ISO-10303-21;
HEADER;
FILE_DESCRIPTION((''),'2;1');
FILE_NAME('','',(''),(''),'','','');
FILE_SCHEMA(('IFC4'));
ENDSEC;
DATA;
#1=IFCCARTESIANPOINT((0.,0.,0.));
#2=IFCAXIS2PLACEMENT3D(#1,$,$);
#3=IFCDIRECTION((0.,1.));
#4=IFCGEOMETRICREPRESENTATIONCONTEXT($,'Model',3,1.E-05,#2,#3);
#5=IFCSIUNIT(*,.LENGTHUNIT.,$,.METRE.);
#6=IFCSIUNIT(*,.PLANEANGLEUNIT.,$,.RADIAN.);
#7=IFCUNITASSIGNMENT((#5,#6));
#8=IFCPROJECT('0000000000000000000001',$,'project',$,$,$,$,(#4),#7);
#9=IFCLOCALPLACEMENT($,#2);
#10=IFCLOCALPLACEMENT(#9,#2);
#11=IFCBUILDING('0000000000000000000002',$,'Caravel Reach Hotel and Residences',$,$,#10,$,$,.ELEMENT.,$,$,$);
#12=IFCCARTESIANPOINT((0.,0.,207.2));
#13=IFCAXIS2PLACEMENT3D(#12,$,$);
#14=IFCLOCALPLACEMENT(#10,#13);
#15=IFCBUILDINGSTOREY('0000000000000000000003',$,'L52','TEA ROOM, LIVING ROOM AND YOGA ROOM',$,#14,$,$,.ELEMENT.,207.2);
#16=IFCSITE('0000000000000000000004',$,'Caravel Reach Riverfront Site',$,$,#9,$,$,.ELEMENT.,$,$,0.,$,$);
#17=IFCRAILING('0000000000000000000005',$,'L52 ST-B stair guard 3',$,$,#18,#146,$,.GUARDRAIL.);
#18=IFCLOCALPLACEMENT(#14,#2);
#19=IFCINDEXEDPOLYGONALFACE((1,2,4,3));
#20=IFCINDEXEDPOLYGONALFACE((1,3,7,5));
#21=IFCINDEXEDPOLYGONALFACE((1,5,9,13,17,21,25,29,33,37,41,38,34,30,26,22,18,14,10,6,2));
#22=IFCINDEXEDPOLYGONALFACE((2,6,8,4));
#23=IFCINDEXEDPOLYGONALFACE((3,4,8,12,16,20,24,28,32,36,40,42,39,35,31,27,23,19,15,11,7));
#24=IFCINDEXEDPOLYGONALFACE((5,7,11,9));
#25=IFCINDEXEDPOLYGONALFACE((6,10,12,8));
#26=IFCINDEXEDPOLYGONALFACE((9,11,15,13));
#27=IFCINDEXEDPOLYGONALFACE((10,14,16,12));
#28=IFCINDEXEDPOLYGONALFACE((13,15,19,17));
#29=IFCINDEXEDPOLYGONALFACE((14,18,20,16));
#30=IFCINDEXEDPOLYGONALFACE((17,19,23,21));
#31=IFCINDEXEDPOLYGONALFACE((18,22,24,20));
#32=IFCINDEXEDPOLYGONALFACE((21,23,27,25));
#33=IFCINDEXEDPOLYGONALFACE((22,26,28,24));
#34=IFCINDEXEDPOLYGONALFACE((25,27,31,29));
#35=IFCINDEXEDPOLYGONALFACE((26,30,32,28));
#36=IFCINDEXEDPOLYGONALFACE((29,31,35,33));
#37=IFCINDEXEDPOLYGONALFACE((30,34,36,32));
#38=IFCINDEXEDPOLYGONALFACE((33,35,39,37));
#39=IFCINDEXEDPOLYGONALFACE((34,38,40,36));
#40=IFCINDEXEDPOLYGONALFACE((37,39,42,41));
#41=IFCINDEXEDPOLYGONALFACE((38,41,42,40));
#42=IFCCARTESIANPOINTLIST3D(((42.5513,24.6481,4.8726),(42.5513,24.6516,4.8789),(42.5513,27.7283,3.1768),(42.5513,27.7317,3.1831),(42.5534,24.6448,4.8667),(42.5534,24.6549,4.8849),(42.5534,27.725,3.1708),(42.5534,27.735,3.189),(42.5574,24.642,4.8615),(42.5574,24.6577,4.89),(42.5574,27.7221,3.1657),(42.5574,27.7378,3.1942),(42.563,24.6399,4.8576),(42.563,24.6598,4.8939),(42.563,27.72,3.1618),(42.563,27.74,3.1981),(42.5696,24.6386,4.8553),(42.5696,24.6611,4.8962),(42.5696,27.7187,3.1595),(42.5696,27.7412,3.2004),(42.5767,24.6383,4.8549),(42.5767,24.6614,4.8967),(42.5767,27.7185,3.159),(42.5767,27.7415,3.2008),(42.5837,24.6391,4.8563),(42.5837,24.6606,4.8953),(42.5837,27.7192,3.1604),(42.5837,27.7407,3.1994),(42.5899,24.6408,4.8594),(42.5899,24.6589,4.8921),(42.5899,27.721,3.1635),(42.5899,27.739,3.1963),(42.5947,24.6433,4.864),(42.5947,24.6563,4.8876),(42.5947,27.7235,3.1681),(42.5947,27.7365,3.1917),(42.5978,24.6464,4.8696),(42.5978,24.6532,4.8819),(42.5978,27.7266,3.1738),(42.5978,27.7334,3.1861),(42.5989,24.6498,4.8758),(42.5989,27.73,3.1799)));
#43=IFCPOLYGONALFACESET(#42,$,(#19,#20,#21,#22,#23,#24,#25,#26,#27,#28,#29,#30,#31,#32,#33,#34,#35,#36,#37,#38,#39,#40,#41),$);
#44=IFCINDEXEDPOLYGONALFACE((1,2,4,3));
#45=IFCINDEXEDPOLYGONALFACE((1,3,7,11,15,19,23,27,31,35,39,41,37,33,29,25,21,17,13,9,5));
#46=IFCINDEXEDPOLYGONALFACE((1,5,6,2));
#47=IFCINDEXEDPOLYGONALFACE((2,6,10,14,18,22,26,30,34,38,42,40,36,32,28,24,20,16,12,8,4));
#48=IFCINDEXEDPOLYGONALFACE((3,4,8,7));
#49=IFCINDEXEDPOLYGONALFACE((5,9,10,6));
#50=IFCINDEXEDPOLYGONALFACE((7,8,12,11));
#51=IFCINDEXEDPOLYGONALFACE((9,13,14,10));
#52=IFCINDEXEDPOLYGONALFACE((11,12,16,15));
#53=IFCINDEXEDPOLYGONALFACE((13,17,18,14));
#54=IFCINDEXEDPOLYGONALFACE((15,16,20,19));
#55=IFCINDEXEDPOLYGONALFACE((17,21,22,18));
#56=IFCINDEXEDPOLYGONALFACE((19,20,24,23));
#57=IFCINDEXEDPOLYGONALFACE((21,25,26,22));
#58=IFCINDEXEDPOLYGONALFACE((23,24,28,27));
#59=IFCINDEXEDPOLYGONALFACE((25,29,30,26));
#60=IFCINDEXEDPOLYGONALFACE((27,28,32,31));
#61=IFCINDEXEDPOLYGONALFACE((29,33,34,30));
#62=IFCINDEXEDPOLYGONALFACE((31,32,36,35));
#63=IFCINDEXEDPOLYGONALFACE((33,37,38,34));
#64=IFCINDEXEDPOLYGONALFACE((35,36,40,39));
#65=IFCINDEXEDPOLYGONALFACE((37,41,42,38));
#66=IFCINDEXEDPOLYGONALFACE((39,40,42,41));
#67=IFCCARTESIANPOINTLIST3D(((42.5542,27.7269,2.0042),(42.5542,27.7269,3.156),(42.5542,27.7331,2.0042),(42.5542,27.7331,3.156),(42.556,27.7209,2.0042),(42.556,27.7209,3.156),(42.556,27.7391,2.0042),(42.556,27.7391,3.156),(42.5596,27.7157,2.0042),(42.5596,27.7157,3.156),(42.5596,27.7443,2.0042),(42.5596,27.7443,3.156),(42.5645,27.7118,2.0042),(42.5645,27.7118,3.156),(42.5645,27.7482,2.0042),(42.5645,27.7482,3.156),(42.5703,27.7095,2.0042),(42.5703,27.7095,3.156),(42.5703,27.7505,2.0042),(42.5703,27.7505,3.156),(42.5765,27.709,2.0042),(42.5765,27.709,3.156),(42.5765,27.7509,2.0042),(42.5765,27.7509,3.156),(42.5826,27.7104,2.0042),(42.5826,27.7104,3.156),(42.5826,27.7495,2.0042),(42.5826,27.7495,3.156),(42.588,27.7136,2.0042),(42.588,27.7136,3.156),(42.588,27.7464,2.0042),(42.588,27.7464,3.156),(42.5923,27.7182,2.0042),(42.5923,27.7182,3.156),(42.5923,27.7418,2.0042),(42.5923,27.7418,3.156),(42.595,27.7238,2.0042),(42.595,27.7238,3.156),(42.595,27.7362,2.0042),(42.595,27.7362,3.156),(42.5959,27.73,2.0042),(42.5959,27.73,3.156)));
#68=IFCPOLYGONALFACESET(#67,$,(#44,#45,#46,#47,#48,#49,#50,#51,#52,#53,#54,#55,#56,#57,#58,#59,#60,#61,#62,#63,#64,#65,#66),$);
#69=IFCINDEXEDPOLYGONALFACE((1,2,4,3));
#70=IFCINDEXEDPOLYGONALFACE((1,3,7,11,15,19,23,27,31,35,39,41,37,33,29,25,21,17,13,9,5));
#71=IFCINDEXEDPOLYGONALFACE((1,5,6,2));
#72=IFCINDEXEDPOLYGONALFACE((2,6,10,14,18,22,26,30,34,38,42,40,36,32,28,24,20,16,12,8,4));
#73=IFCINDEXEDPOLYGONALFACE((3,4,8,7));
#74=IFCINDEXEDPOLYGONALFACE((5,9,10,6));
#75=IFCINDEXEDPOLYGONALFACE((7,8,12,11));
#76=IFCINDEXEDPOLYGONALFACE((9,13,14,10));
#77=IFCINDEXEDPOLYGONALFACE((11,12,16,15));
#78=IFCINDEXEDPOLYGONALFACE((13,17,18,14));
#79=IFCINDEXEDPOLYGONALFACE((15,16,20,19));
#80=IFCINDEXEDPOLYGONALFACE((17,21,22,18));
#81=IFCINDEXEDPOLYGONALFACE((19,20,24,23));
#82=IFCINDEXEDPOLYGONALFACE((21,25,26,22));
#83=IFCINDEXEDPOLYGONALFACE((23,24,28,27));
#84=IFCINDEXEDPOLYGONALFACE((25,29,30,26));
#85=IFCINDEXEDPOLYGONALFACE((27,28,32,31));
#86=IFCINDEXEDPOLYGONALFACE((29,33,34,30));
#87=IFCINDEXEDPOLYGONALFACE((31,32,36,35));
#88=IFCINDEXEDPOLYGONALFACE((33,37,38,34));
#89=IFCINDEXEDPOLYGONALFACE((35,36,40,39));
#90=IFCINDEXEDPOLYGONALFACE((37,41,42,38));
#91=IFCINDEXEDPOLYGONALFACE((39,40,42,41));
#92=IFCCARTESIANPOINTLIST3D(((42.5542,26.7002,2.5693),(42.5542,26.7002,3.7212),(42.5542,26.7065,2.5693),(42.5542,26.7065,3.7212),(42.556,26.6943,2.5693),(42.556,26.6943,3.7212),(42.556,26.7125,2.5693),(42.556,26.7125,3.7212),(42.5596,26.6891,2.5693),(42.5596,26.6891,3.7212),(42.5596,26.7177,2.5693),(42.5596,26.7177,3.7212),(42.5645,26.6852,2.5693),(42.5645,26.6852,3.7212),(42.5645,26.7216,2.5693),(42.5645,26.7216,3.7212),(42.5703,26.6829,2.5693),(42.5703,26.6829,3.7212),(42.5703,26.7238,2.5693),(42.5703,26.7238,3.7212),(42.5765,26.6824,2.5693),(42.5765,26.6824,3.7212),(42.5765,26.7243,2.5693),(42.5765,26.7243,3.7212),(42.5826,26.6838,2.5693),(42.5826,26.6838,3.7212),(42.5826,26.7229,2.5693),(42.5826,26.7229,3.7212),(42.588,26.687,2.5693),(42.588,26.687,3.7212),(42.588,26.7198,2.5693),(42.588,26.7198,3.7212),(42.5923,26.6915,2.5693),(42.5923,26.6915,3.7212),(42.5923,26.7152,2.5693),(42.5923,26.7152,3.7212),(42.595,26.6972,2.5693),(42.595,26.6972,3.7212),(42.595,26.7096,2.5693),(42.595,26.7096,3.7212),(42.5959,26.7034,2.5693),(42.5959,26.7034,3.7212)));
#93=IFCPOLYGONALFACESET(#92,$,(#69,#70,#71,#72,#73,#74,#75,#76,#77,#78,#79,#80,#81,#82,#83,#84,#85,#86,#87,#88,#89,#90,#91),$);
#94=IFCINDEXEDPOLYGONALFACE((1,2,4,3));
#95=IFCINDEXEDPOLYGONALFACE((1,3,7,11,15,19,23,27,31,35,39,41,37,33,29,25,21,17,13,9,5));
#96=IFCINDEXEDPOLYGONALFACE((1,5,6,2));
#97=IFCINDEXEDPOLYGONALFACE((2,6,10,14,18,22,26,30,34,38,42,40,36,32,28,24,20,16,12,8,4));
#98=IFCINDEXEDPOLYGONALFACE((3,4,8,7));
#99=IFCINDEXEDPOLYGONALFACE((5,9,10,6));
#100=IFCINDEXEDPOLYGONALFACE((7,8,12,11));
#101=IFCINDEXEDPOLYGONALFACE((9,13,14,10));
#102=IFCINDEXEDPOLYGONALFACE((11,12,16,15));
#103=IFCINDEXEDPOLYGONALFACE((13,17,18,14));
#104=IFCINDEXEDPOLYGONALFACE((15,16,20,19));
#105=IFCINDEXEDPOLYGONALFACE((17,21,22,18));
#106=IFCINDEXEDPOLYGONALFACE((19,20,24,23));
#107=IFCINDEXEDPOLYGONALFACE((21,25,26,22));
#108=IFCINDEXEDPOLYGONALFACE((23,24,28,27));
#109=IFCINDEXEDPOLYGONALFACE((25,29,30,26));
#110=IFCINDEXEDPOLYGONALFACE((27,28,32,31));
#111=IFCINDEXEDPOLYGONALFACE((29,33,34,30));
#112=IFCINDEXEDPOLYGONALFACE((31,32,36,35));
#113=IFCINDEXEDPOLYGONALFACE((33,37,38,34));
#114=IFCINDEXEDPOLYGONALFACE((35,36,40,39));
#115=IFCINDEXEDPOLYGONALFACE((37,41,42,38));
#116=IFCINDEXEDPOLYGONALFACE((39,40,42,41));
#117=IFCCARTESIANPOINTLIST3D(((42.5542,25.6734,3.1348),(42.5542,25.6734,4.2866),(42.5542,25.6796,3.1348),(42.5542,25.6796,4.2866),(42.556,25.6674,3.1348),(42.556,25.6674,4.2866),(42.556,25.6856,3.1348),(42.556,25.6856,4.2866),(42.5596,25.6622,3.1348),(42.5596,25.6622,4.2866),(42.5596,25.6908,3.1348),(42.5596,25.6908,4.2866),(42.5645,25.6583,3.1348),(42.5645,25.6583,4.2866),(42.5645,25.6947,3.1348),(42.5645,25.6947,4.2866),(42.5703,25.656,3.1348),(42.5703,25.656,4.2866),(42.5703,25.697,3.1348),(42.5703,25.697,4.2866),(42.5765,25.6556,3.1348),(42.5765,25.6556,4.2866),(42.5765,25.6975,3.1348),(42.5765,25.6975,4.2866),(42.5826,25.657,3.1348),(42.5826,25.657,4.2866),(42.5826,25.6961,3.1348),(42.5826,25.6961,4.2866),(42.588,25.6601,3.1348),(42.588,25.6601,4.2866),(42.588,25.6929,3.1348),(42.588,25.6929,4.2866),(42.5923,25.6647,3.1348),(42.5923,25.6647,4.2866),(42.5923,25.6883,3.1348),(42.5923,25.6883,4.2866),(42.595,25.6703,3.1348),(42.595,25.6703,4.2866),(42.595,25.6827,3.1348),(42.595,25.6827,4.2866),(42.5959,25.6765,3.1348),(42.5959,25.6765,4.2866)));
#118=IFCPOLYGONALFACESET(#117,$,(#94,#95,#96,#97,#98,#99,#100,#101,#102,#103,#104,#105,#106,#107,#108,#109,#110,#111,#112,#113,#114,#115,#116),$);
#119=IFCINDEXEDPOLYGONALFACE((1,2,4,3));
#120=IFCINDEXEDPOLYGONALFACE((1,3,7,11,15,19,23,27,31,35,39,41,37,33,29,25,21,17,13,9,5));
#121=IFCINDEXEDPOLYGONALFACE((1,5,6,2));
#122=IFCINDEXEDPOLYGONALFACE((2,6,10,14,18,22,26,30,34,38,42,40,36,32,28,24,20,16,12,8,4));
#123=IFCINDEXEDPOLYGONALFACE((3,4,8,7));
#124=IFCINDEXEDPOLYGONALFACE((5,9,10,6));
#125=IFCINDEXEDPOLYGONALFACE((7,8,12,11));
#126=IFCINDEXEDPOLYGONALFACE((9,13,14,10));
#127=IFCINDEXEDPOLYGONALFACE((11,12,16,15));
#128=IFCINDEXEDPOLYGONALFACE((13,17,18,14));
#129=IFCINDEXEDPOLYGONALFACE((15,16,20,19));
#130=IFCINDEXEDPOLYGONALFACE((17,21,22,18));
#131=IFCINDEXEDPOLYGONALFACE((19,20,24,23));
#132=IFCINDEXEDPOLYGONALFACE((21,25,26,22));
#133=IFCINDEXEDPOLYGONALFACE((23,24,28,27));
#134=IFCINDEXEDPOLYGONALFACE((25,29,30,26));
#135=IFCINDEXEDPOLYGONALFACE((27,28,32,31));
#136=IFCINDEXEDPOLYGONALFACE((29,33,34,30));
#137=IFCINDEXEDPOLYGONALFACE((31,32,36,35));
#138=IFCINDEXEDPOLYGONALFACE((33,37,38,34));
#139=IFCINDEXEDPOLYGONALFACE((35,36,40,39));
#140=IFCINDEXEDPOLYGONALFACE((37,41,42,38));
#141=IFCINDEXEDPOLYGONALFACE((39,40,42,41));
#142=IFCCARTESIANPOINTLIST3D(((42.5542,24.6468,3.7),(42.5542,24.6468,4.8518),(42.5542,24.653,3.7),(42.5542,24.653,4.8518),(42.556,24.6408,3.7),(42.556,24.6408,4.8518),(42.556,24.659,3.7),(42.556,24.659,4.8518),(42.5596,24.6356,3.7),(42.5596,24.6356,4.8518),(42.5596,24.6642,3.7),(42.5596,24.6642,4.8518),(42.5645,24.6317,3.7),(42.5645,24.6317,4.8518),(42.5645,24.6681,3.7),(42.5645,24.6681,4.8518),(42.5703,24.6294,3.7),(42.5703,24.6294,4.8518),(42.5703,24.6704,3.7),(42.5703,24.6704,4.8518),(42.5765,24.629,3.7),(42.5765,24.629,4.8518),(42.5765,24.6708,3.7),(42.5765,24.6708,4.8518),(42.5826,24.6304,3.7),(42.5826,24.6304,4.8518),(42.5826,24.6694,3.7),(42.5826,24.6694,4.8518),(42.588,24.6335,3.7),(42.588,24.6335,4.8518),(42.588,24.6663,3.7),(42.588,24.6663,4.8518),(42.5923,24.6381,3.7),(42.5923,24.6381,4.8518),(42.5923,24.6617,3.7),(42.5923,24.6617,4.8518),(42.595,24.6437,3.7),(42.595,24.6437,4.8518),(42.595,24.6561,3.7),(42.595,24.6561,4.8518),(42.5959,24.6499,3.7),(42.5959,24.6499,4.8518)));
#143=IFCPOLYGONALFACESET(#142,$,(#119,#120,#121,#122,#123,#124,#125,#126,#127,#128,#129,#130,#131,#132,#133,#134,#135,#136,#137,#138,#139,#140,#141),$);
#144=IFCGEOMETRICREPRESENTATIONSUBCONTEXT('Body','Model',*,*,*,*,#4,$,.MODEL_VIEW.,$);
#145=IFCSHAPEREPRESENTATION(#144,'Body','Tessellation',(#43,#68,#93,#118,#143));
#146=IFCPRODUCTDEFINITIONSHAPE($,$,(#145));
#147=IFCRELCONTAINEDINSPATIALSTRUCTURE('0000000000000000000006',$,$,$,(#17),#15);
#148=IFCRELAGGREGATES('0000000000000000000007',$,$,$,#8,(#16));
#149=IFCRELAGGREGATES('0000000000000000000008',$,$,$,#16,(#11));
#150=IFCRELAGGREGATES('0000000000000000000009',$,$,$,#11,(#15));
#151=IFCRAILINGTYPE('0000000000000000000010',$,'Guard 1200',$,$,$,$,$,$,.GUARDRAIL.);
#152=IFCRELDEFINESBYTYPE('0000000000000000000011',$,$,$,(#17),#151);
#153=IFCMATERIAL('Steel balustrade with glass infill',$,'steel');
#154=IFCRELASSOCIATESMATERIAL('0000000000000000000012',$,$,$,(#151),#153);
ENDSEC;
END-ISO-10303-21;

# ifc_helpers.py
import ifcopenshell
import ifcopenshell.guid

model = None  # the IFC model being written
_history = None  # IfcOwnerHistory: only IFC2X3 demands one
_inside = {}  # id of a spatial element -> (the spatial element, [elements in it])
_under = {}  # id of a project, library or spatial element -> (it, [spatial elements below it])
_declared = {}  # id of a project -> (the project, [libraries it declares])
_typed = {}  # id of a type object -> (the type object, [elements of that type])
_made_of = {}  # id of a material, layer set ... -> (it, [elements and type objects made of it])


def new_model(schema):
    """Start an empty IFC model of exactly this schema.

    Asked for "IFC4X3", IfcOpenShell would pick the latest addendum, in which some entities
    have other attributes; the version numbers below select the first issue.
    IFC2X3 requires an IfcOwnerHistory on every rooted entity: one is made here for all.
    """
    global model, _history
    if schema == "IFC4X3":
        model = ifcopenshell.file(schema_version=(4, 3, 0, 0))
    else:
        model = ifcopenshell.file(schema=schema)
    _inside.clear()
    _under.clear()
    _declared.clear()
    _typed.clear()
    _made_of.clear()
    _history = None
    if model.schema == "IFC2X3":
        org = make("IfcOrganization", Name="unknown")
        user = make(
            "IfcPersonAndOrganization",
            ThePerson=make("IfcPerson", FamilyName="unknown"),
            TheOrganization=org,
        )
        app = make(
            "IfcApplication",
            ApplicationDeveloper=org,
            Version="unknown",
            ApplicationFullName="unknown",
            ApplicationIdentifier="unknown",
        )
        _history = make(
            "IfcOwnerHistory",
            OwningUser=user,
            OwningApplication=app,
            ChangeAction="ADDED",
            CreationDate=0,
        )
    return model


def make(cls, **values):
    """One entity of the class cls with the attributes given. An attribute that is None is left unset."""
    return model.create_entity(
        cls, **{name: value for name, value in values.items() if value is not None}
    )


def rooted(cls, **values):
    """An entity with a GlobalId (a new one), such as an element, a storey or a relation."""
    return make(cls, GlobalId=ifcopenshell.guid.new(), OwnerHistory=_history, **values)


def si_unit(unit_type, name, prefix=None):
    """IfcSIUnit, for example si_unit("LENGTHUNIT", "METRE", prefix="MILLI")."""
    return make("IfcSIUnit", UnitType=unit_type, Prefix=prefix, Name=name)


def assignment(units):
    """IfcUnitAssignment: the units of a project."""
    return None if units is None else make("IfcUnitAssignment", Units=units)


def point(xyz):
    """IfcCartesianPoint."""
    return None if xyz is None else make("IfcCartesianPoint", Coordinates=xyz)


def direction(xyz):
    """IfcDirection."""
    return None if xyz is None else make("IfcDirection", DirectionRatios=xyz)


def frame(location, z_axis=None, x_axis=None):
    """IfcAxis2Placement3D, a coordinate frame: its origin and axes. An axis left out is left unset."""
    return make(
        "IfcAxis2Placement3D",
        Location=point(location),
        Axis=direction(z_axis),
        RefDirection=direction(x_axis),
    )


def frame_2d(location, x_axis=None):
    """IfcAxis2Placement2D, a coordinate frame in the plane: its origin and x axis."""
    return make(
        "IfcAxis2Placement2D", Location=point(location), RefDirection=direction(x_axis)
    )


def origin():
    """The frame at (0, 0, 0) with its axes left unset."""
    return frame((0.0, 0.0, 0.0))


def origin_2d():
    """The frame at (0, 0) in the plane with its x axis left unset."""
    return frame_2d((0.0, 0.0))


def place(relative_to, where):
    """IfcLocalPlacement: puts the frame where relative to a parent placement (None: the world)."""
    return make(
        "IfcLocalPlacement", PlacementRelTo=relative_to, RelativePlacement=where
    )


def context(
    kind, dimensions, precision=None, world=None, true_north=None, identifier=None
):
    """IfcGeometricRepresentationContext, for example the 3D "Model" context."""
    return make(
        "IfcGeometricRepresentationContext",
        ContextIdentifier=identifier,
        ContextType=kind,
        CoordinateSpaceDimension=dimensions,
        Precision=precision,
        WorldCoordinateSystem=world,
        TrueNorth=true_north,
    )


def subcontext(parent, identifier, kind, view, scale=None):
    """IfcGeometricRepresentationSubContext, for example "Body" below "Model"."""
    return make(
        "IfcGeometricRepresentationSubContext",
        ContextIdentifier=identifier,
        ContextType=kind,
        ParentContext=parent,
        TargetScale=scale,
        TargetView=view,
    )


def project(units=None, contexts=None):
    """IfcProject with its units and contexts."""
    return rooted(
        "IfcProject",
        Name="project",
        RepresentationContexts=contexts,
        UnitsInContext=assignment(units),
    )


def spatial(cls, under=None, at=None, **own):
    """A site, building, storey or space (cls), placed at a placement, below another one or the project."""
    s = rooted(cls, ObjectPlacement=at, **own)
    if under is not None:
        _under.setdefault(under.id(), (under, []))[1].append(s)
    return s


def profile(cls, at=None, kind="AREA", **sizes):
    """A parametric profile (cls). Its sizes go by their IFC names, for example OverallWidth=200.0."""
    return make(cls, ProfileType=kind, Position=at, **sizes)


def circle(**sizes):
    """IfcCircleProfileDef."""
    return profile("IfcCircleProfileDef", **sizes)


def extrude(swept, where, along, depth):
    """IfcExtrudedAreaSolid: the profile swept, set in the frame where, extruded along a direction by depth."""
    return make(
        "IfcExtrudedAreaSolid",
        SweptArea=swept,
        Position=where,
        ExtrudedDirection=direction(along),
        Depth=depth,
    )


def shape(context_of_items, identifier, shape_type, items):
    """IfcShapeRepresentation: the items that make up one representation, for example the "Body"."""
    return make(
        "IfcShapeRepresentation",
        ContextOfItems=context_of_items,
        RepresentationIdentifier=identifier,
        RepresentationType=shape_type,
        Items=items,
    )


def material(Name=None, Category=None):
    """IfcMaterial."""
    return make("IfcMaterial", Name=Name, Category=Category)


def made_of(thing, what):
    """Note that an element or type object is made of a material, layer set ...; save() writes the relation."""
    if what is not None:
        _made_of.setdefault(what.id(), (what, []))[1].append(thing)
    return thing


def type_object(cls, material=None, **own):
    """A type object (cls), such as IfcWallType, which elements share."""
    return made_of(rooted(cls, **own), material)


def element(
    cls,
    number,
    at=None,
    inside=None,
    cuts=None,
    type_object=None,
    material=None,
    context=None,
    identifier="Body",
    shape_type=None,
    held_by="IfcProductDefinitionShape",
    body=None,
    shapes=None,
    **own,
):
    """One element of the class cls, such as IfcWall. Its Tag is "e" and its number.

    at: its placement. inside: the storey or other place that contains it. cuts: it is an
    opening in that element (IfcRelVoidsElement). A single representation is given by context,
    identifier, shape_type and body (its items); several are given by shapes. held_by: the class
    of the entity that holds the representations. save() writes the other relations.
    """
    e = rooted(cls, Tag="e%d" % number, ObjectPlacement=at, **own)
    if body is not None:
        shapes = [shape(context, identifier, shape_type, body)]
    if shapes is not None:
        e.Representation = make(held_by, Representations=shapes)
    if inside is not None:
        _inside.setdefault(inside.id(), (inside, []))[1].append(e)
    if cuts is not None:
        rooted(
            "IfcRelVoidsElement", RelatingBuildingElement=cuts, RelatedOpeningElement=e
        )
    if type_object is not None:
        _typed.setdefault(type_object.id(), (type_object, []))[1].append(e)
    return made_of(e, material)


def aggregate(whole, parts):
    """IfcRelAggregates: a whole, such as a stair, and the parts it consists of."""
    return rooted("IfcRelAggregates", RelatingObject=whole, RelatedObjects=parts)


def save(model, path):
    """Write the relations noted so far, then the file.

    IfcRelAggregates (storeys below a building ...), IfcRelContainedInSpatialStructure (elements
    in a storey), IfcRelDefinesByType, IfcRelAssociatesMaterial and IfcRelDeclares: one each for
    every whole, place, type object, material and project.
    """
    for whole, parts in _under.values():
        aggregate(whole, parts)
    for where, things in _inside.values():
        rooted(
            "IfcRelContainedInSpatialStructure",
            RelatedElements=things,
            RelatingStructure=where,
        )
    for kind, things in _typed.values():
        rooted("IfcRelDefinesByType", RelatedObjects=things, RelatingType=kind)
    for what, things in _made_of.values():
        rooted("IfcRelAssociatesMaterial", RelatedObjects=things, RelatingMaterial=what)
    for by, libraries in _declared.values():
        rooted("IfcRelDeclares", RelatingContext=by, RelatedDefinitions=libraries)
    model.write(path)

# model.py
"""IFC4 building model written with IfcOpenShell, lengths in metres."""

from ifc_helpers import new_model, si_unit, direction, frame, origin, origin_2d, place, context, subcontext, project, spatial, circle, extrude, material, type_object, element, save


model = new_model("IFC4")

# Units and contexts
model_context = context("Model", 3, precision=1e-05, world=origin(), true_north=direction((0.0, 1.0)))
body_context = subcontext(model_context, "Body", "Model", "MODEL_VIEW")
ifc_project = project(units=[si_unit("LENGTHUNIT", "METRE"), si_unit("PLANEANGLEUNIT", "RADIAN")], contexts=[model_context])

# Site, building, storey
site_placement = place(None, origin())
site = spatial("IfcSite", under=ifc_project, at=site_placement, Name="Caravel Reach Riverfront Site", CompositionType="ELEMENT", RefElevation=0.0)
building_placement = place(site_placement, origin())
building = spatial("IfcBuilding", under=site, at=building_placement, Name="Caravel Reach Hotel and Residences", CompositionType="ELEMENT")
storey_placement = place(building_placement, frame((0.0, 0.0, 207.2)))
storey = spatial("IfcBuildingStorey", under=building, at=storey_placement, Name="L52", Description="TEA ROOM, LIVING ROOM AND YOGA ROOM", CompositionType="ELEMENT", Elevation=207.2)

# Railing
ifc_material_1 = material(Name="Steel balustrade with glass infill", Category="steel")
railing_type_1 = type_object("IfcRailingType", Name="Guard 1200", PredefinedType="GUARDRAIL", material=ifc_material_1)
railing_1_placement = place(storey_placement, frame((42.575, 27.73, 2.0042)))
element("IfcRailing", 1, at=railing_1_placement, inside=storey, type_object=railing_type_1, Name="L52 ST-B stair guard 3", PredefinedType="GUARDRAIL", context=body_context, shape_type="SweptSolid", body=[
    extrude(circle(Radius=0.0239, at=origin_2d()), frame((0.0, 0.0, 1.1758), z_axis=(0.0, -0.876005, 0.482303), x_axis=(1.0, 0.0, 0.0)), (0.0, 0.0, 1.0), 3.5161),
    extrude(circle(Radius=0.021, at=origin_2d()), origin(), (0.0, 0.0, 1.0), 1.1519),
    extrude(circle(Radius=0.021, at=origin_2d()), frame((0.0, -1.0266, 0.5652)), (0.0, 0.0, 1.0), 1.1519),
    extrude(circle(Radius=0.021, at=origin_2d()), frame((0.0, -2.0535, 1.1306)), (0.0, 0.0, 1.0), 1.1519),
    extrude(circle(Radius=0.021, at=origin_2d()), frame((0.0, -3.0801, 1.6958)), (0.0, 0.0, 1.0), 1.1519),
])

save(model, "model.ifc")
